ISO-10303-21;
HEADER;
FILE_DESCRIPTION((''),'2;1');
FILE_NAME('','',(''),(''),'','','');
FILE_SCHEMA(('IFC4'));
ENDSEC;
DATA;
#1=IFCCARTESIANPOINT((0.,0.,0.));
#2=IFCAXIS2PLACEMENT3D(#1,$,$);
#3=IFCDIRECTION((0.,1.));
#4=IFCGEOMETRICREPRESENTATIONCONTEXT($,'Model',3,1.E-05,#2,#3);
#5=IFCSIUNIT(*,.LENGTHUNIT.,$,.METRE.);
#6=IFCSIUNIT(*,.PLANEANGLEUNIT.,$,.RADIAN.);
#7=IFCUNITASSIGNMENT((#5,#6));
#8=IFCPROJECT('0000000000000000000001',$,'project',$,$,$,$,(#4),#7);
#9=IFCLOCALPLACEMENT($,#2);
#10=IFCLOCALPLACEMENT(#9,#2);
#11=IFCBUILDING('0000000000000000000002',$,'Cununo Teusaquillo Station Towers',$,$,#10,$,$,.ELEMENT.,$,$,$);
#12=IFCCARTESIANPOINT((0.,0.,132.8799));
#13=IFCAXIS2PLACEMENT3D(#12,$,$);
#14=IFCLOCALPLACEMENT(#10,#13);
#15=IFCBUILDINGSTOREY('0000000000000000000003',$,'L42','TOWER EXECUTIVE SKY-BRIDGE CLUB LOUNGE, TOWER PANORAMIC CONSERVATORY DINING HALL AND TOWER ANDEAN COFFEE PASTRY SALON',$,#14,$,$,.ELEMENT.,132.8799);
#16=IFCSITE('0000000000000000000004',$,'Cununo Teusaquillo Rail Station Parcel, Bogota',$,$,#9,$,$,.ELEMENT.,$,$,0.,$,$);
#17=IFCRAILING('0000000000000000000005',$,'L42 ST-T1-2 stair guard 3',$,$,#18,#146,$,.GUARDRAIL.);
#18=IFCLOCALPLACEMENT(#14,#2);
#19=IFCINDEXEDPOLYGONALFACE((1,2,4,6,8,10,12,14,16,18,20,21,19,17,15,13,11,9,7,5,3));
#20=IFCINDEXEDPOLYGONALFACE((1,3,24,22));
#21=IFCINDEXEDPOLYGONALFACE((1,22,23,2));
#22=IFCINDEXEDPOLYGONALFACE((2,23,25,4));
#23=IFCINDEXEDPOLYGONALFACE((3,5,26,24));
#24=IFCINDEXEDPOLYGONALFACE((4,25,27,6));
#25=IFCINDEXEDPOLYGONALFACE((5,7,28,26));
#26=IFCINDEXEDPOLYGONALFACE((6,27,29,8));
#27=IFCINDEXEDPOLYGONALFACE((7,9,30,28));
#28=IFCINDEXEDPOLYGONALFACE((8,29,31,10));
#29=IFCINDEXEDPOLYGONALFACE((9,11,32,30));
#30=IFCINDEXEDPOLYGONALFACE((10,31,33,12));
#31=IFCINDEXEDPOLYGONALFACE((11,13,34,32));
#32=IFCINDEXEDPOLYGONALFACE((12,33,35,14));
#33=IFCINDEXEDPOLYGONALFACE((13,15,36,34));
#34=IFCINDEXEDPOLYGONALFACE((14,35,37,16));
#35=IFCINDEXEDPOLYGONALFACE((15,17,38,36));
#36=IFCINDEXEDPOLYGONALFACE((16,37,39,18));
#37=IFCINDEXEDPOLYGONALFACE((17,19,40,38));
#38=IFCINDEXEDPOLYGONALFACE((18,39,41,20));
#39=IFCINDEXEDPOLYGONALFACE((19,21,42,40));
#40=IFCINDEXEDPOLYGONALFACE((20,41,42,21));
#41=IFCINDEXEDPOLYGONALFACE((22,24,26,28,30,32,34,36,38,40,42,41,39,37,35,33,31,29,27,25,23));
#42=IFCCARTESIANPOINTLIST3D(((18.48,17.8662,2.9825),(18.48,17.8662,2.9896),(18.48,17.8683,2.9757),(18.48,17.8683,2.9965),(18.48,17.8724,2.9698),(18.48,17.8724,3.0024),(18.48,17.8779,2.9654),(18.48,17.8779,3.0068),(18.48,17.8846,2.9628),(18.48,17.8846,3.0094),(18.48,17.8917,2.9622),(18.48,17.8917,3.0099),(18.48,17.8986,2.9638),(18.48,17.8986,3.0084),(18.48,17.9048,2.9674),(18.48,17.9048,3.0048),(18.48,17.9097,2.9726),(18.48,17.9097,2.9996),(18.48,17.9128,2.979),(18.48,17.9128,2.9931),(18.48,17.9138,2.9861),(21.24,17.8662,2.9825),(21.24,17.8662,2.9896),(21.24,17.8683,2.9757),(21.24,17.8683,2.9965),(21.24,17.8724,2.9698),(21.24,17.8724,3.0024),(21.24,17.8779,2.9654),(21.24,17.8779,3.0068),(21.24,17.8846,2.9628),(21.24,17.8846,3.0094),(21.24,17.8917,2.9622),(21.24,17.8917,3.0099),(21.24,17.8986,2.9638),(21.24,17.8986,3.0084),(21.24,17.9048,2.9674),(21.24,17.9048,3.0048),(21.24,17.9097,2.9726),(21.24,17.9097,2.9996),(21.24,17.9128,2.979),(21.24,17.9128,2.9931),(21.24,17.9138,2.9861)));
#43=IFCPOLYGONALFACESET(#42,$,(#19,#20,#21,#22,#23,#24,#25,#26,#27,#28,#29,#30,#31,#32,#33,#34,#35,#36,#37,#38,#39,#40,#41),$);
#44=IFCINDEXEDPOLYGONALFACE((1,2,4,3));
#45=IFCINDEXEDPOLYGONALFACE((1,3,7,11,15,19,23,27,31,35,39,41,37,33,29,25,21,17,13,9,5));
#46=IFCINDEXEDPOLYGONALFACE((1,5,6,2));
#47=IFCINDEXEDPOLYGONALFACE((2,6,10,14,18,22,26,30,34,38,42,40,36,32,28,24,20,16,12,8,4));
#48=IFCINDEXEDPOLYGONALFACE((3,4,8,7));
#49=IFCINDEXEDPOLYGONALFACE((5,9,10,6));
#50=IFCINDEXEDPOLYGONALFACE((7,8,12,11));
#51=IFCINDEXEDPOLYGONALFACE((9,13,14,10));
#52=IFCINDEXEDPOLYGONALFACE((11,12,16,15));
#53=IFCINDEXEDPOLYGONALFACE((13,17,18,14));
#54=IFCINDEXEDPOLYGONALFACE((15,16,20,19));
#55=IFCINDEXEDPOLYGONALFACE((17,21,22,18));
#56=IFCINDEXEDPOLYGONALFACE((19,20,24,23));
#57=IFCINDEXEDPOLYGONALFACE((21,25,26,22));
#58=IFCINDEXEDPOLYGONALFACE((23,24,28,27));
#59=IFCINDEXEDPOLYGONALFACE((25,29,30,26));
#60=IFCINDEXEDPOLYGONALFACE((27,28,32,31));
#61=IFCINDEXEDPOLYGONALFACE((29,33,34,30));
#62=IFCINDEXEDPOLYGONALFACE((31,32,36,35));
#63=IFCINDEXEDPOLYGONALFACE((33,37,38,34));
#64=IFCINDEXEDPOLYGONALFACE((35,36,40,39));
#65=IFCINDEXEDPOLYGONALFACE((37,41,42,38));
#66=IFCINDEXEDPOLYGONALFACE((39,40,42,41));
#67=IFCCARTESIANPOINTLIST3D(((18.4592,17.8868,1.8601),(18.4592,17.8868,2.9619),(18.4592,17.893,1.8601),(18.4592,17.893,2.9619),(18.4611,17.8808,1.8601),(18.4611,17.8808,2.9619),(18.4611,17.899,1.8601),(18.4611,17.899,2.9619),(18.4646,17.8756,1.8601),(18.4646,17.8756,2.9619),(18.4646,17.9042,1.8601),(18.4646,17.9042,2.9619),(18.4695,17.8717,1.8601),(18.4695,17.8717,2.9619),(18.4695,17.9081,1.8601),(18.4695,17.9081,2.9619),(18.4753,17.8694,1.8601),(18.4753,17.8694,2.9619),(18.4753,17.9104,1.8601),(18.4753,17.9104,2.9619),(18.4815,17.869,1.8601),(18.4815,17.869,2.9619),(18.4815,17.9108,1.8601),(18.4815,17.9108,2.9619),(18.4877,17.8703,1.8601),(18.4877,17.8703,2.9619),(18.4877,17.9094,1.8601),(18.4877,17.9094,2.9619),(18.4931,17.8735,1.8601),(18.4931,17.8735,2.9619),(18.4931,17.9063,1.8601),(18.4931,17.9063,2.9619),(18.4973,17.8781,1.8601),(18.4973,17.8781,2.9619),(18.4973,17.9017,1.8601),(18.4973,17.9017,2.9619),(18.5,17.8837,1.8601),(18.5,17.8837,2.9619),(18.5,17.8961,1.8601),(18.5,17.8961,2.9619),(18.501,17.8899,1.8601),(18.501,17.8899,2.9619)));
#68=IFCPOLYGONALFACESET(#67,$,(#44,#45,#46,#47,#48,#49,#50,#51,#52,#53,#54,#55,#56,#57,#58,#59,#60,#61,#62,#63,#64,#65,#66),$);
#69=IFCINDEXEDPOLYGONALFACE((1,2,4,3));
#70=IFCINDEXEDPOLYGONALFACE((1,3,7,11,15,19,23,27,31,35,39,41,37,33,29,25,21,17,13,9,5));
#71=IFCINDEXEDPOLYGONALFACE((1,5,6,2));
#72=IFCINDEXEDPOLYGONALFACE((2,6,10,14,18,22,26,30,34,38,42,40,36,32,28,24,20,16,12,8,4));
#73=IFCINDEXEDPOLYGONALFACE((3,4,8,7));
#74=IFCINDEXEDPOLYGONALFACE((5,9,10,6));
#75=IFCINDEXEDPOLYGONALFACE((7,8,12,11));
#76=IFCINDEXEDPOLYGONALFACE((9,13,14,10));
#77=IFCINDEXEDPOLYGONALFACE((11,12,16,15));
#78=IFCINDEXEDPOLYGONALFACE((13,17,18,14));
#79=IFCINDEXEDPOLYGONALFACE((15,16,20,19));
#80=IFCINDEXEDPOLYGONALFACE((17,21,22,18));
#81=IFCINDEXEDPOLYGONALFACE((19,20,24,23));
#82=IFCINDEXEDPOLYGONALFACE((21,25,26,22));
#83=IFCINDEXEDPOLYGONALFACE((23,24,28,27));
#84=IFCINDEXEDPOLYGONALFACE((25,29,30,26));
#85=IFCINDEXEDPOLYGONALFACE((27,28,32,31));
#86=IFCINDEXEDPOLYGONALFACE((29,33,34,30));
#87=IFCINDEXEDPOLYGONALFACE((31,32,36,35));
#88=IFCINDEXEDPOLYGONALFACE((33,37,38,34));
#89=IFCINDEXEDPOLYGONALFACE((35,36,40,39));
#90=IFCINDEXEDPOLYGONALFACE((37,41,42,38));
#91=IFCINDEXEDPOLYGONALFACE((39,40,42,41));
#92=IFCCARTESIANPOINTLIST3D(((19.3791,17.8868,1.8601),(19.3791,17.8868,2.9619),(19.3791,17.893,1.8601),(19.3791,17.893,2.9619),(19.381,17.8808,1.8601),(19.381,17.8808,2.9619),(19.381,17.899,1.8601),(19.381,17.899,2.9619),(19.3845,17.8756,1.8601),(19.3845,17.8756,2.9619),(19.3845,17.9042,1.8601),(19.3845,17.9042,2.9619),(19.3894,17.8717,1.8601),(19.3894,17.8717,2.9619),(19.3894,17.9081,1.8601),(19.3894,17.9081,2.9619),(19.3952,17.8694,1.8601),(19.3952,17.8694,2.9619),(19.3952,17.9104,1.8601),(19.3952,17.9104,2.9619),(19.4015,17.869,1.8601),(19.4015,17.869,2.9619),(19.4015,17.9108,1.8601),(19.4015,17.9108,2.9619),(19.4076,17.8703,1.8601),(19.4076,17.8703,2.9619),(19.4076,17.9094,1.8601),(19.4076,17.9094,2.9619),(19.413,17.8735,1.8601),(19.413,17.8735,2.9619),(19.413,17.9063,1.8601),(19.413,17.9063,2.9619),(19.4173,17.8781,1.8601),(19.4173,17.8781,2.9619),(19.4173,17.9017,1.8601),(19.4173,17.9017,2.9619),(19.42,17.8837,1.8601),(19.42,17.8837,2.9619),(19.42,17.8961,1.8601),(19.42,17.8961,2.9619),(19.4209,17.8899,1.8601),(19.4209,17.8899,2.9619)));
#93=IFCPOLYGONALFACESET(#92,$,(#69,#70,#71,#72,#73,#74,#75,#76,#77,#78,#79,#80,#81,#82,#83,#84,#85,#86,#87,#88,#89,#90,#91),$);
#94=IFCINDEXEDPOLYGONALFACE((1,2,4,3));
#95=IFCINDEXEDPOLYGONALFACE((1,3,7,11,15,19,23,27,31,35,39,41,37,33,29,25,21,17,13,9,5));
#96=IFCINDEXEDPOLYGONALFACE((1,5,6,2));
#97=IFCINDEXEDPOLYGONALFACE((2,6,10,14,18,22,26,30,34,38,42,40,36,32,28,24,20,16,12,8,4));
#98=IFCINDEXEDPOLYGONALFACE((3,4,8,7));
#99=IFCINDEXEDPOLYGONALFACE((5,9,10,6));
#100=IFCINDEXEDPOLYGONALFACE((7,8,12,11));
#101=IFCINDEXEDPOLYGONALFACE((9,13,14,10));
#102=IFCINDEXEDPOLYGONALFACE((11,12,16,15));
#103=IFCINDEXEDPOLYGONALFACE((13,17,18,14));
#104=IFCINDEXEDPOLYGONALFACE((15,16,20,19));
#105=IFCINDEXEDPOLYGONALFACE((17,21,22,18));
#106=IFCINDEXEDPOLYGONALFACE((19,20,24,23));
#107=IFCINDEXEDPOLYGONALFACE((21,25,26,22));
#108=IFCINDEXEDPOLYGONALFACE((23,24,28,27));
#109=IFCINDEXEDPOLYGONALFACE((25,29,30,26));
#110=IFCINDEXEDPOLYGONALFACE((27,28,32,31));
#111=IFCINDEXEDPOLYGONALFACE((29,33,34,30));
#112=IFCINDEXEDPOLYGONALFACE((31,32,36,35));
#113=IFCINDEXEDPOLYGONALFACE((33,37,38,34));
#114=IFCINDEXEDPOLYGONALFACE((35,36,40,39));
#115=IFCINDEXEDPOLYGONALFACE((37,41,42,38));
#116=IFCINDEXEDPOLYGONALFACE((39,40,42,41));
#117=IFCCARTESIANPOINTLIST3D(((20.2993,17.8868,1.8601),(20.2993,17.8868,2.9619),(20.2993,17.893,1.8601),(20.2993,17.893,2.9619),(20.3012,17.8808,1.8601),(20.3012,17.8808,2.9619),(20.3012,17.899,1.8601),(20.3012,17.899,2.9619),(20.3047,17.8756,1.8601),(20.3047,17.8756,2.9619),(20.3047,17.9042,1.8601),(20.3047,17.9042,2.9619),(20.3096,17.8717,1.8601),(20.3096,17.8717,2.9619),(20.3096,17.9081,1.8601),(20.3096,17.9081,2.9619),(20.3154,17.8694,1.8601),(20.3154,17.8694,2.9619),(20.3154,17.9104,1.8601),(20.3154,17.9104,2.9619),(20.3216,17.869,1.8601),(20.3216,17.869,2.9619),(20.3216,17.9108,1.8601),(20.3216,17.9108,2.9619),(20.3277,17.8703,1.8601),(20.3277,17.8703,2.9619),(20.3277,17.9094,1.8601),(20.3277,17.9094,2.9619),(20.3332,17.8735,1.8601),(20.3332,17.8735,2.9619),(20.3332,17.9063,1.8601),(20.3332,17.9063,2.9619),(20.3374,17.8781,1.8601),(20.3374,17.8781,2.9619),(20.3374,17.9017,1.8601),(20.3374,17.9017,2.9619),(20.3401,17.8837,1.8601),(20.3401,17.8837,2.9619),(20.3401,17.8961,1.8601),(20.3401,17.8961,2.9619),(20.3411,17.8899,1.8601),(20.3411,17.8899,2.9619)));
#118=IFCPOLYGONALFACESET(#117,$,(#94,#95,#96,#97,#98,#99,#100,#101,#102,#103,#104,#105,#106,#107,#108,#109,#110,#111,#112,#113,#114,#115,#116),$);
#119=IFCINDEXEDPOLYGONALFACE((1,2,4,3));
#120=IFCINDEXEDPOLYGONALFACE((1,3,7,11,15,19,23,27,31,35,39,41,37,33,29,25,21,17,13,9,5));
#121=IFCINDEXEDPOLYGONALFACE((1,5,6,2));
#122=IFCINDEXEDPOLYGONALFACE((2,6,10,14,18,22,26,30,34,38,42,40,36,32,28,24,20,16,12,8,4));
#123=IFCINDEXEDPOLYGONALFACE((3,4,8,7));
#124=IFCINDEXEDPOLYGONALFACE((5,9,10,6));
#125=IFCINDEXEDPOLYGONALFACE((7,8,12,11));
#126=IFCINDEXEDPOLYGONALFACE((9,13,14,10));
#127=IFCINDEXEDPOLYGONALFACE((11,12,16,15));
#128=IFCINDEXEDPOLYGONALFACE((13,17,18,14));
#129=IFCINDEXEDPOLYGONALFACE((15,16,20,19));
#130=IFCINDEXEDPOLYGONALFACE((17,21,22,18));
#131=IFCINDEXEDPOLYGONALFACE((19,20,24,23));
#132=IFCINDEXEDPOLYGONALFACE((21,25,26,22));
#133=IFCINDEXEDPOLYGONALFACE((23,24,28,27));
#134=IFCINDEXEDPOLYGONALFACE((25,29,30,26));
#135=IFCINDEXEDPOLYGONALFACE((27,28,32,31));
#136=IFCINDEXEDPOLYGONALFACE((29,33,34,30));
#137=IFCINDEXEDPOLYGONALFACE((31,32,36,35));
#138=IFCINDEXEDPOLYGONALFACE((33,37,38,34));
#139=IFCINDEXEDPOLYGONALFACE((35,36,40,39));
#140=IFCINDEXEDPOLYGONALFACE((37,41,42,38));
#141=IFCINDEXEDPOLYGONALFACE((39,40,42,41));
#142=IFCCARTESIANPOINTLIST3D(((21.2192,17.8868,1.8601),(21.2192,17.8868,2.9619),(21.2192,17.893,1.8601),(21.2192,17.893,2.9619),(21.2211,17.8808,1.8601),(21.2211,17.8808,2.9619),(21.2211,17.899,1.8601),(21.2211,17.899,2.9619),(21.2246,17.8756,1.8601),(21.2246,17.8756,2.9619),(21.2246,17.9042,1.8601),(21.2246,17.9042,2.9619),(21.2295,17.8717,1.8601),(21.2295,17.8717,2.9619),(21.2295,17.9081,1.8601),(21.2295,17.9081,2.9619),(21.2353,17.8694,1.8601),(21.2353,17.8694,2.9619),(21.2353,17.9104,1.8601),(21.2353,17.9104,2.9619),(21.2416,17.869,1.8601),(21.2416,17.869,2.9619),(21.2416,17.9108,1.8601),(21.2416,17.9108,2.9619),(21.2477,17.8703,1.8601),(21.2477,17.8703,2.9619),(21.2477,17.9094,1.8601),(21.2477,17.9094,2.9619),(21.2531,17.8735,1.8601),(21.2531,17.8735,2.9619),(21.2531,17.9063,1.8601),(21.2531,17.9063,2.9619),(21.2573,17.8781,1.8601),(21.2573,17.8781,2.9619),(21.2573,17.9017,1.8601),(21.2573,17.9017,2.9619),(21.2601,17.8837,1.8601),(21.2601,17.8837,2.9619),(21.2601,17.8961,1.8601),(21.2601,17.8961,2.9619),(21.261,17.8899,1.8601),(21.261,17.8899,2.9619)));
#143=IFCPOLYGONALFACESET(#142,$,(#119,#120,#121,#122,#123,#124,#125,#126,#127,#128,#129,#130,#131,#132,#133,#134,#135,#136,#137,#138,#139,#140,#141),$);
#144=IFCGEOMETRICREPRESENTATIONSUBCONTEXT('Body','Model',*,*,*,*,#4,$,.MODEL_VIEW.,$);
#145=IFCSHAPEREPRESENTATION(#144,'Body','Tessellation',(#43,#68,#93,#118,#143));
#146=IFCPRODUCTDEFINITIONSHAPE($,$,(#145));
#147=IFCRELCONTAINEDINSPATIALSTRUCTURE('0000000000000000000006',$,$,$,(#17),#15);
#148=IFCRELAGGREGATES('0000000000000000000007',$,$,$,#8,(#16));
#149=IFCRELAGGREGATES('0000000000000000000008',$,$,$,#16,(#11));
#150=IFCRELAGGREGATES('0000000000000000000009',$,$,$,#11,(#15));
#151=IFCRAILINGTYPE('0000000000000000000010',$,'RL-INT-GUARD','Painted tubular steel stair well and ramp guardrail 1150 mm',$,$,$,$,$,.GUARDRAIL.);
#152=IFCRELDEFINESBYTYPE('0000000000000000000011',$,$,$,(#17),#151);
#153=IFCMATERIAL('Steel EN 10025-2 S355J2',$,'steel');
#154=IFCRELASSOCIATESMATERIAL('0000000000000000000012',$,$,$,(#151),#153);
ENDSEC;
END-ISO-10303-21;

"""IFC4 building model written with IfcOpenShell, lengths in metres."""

from ifc_helpers import new_model, si_unit, direction, frame, origin, origin_2d, place, context, subcontext, project, spatial, circle, extrude, material, type_object, element, save


model = new_model("IFC4")

# Units and contexts
model_context = context("Model", 3, precision=1e-05, world=origin(), true_north=direction((0.0, 1.0)))
body_context = subcontext(model_context, "Body", "Model", "MODEL_VIEW")
ifc_project = project(units=[si_unit("LENGTHUNIT", "METRE"), si_unit("PLANEANGLEUNIT", "RADIAN")], contexts=[model_context])

# Site, building, storey
site_placement = place(None, origin())
site = spatial("IfcSite", under=ifc_project, at=site_placement, Name="Cununo Teusaquillo Rail Station Parcel, Bogota", CompositionType="ELEMENT", RefElevation=0.0)
building_placement = place(site_placement, origin())
building = spatial("IfcBuilding", under=site, at=building_placement, Name="Cununo Teusaquillo Station Towers", CompositionType="ELEMENT")
storey_placement = place(building_placement, frame((0.0, 0.0, 132.8799)))
storey = spatial("IfcBuildingStorey", under=building, at=storey_placement, Name="L42", Description="TOWER EXECUTIVE SKY-BRIDGE CLUB LOUNGE, TOWER PANORAMIC CONSERVATORY DINING HALL AND TOWER ANDEAN COFFEE PASTRY SALON", CompositionType="ELEMENT", Elevation=132.8799)

# Railing
ifc_material_1 = material(Name="Steel EN 10025-2 S355J2", Category="steel")
railing_type_1 = type_object("IfcRailingType", Name="RL-INT-GUARD", Description="Painted tubular steel stair well and ramp guardrail 1150 mm", PredefinedType="GUARDRAIL", material=ifc_material_1)
railing_1_placement = place(storey_placement, frame((18.48, 17.8899, 1.8601)))
element("IfcRailing", 1, at=railing_1_placement, inside=storey, type_object=railing_type_1, Name="L42 ST-T1-2 stair guard 3", PredefinedType="GUARDRAIL", context=body_context, shape_type="SweptSolid", body=[
    extrude(circle(Radius=0.0239, at=origin_2d()), frame((0.0, 0.0, 1.126), z_axis=(1.0, 0.0, 0.0), x_axis=(0.0, 1.0, 0.0)), (0.0, 0.0, 1.0), 2.76),
    extrude(circle(Radius=0.021, at=origin_2d()), origin(), (0.0, 0.0, 1.0), 1.1018),
    extrude(circle(Radius=0.021, at=origin_2d()), frame((0.9199, 0.0, 0.0)), (0.0, 0.0, 1.0), 1.1018),
    extrude(circle(Radius=0.021, at=origin_2d()), frame((1.8401, 0.0, 0.0)), (0.0, 0.0, 1.0), 1.1018),
    extrude(circle(Radius=0.021, at=origin_2d()), frame((2.76, 0.0, 0.0)), (0.0, 0.0, 1.0), 1.1018),
])

save(model, "model.ifc")
